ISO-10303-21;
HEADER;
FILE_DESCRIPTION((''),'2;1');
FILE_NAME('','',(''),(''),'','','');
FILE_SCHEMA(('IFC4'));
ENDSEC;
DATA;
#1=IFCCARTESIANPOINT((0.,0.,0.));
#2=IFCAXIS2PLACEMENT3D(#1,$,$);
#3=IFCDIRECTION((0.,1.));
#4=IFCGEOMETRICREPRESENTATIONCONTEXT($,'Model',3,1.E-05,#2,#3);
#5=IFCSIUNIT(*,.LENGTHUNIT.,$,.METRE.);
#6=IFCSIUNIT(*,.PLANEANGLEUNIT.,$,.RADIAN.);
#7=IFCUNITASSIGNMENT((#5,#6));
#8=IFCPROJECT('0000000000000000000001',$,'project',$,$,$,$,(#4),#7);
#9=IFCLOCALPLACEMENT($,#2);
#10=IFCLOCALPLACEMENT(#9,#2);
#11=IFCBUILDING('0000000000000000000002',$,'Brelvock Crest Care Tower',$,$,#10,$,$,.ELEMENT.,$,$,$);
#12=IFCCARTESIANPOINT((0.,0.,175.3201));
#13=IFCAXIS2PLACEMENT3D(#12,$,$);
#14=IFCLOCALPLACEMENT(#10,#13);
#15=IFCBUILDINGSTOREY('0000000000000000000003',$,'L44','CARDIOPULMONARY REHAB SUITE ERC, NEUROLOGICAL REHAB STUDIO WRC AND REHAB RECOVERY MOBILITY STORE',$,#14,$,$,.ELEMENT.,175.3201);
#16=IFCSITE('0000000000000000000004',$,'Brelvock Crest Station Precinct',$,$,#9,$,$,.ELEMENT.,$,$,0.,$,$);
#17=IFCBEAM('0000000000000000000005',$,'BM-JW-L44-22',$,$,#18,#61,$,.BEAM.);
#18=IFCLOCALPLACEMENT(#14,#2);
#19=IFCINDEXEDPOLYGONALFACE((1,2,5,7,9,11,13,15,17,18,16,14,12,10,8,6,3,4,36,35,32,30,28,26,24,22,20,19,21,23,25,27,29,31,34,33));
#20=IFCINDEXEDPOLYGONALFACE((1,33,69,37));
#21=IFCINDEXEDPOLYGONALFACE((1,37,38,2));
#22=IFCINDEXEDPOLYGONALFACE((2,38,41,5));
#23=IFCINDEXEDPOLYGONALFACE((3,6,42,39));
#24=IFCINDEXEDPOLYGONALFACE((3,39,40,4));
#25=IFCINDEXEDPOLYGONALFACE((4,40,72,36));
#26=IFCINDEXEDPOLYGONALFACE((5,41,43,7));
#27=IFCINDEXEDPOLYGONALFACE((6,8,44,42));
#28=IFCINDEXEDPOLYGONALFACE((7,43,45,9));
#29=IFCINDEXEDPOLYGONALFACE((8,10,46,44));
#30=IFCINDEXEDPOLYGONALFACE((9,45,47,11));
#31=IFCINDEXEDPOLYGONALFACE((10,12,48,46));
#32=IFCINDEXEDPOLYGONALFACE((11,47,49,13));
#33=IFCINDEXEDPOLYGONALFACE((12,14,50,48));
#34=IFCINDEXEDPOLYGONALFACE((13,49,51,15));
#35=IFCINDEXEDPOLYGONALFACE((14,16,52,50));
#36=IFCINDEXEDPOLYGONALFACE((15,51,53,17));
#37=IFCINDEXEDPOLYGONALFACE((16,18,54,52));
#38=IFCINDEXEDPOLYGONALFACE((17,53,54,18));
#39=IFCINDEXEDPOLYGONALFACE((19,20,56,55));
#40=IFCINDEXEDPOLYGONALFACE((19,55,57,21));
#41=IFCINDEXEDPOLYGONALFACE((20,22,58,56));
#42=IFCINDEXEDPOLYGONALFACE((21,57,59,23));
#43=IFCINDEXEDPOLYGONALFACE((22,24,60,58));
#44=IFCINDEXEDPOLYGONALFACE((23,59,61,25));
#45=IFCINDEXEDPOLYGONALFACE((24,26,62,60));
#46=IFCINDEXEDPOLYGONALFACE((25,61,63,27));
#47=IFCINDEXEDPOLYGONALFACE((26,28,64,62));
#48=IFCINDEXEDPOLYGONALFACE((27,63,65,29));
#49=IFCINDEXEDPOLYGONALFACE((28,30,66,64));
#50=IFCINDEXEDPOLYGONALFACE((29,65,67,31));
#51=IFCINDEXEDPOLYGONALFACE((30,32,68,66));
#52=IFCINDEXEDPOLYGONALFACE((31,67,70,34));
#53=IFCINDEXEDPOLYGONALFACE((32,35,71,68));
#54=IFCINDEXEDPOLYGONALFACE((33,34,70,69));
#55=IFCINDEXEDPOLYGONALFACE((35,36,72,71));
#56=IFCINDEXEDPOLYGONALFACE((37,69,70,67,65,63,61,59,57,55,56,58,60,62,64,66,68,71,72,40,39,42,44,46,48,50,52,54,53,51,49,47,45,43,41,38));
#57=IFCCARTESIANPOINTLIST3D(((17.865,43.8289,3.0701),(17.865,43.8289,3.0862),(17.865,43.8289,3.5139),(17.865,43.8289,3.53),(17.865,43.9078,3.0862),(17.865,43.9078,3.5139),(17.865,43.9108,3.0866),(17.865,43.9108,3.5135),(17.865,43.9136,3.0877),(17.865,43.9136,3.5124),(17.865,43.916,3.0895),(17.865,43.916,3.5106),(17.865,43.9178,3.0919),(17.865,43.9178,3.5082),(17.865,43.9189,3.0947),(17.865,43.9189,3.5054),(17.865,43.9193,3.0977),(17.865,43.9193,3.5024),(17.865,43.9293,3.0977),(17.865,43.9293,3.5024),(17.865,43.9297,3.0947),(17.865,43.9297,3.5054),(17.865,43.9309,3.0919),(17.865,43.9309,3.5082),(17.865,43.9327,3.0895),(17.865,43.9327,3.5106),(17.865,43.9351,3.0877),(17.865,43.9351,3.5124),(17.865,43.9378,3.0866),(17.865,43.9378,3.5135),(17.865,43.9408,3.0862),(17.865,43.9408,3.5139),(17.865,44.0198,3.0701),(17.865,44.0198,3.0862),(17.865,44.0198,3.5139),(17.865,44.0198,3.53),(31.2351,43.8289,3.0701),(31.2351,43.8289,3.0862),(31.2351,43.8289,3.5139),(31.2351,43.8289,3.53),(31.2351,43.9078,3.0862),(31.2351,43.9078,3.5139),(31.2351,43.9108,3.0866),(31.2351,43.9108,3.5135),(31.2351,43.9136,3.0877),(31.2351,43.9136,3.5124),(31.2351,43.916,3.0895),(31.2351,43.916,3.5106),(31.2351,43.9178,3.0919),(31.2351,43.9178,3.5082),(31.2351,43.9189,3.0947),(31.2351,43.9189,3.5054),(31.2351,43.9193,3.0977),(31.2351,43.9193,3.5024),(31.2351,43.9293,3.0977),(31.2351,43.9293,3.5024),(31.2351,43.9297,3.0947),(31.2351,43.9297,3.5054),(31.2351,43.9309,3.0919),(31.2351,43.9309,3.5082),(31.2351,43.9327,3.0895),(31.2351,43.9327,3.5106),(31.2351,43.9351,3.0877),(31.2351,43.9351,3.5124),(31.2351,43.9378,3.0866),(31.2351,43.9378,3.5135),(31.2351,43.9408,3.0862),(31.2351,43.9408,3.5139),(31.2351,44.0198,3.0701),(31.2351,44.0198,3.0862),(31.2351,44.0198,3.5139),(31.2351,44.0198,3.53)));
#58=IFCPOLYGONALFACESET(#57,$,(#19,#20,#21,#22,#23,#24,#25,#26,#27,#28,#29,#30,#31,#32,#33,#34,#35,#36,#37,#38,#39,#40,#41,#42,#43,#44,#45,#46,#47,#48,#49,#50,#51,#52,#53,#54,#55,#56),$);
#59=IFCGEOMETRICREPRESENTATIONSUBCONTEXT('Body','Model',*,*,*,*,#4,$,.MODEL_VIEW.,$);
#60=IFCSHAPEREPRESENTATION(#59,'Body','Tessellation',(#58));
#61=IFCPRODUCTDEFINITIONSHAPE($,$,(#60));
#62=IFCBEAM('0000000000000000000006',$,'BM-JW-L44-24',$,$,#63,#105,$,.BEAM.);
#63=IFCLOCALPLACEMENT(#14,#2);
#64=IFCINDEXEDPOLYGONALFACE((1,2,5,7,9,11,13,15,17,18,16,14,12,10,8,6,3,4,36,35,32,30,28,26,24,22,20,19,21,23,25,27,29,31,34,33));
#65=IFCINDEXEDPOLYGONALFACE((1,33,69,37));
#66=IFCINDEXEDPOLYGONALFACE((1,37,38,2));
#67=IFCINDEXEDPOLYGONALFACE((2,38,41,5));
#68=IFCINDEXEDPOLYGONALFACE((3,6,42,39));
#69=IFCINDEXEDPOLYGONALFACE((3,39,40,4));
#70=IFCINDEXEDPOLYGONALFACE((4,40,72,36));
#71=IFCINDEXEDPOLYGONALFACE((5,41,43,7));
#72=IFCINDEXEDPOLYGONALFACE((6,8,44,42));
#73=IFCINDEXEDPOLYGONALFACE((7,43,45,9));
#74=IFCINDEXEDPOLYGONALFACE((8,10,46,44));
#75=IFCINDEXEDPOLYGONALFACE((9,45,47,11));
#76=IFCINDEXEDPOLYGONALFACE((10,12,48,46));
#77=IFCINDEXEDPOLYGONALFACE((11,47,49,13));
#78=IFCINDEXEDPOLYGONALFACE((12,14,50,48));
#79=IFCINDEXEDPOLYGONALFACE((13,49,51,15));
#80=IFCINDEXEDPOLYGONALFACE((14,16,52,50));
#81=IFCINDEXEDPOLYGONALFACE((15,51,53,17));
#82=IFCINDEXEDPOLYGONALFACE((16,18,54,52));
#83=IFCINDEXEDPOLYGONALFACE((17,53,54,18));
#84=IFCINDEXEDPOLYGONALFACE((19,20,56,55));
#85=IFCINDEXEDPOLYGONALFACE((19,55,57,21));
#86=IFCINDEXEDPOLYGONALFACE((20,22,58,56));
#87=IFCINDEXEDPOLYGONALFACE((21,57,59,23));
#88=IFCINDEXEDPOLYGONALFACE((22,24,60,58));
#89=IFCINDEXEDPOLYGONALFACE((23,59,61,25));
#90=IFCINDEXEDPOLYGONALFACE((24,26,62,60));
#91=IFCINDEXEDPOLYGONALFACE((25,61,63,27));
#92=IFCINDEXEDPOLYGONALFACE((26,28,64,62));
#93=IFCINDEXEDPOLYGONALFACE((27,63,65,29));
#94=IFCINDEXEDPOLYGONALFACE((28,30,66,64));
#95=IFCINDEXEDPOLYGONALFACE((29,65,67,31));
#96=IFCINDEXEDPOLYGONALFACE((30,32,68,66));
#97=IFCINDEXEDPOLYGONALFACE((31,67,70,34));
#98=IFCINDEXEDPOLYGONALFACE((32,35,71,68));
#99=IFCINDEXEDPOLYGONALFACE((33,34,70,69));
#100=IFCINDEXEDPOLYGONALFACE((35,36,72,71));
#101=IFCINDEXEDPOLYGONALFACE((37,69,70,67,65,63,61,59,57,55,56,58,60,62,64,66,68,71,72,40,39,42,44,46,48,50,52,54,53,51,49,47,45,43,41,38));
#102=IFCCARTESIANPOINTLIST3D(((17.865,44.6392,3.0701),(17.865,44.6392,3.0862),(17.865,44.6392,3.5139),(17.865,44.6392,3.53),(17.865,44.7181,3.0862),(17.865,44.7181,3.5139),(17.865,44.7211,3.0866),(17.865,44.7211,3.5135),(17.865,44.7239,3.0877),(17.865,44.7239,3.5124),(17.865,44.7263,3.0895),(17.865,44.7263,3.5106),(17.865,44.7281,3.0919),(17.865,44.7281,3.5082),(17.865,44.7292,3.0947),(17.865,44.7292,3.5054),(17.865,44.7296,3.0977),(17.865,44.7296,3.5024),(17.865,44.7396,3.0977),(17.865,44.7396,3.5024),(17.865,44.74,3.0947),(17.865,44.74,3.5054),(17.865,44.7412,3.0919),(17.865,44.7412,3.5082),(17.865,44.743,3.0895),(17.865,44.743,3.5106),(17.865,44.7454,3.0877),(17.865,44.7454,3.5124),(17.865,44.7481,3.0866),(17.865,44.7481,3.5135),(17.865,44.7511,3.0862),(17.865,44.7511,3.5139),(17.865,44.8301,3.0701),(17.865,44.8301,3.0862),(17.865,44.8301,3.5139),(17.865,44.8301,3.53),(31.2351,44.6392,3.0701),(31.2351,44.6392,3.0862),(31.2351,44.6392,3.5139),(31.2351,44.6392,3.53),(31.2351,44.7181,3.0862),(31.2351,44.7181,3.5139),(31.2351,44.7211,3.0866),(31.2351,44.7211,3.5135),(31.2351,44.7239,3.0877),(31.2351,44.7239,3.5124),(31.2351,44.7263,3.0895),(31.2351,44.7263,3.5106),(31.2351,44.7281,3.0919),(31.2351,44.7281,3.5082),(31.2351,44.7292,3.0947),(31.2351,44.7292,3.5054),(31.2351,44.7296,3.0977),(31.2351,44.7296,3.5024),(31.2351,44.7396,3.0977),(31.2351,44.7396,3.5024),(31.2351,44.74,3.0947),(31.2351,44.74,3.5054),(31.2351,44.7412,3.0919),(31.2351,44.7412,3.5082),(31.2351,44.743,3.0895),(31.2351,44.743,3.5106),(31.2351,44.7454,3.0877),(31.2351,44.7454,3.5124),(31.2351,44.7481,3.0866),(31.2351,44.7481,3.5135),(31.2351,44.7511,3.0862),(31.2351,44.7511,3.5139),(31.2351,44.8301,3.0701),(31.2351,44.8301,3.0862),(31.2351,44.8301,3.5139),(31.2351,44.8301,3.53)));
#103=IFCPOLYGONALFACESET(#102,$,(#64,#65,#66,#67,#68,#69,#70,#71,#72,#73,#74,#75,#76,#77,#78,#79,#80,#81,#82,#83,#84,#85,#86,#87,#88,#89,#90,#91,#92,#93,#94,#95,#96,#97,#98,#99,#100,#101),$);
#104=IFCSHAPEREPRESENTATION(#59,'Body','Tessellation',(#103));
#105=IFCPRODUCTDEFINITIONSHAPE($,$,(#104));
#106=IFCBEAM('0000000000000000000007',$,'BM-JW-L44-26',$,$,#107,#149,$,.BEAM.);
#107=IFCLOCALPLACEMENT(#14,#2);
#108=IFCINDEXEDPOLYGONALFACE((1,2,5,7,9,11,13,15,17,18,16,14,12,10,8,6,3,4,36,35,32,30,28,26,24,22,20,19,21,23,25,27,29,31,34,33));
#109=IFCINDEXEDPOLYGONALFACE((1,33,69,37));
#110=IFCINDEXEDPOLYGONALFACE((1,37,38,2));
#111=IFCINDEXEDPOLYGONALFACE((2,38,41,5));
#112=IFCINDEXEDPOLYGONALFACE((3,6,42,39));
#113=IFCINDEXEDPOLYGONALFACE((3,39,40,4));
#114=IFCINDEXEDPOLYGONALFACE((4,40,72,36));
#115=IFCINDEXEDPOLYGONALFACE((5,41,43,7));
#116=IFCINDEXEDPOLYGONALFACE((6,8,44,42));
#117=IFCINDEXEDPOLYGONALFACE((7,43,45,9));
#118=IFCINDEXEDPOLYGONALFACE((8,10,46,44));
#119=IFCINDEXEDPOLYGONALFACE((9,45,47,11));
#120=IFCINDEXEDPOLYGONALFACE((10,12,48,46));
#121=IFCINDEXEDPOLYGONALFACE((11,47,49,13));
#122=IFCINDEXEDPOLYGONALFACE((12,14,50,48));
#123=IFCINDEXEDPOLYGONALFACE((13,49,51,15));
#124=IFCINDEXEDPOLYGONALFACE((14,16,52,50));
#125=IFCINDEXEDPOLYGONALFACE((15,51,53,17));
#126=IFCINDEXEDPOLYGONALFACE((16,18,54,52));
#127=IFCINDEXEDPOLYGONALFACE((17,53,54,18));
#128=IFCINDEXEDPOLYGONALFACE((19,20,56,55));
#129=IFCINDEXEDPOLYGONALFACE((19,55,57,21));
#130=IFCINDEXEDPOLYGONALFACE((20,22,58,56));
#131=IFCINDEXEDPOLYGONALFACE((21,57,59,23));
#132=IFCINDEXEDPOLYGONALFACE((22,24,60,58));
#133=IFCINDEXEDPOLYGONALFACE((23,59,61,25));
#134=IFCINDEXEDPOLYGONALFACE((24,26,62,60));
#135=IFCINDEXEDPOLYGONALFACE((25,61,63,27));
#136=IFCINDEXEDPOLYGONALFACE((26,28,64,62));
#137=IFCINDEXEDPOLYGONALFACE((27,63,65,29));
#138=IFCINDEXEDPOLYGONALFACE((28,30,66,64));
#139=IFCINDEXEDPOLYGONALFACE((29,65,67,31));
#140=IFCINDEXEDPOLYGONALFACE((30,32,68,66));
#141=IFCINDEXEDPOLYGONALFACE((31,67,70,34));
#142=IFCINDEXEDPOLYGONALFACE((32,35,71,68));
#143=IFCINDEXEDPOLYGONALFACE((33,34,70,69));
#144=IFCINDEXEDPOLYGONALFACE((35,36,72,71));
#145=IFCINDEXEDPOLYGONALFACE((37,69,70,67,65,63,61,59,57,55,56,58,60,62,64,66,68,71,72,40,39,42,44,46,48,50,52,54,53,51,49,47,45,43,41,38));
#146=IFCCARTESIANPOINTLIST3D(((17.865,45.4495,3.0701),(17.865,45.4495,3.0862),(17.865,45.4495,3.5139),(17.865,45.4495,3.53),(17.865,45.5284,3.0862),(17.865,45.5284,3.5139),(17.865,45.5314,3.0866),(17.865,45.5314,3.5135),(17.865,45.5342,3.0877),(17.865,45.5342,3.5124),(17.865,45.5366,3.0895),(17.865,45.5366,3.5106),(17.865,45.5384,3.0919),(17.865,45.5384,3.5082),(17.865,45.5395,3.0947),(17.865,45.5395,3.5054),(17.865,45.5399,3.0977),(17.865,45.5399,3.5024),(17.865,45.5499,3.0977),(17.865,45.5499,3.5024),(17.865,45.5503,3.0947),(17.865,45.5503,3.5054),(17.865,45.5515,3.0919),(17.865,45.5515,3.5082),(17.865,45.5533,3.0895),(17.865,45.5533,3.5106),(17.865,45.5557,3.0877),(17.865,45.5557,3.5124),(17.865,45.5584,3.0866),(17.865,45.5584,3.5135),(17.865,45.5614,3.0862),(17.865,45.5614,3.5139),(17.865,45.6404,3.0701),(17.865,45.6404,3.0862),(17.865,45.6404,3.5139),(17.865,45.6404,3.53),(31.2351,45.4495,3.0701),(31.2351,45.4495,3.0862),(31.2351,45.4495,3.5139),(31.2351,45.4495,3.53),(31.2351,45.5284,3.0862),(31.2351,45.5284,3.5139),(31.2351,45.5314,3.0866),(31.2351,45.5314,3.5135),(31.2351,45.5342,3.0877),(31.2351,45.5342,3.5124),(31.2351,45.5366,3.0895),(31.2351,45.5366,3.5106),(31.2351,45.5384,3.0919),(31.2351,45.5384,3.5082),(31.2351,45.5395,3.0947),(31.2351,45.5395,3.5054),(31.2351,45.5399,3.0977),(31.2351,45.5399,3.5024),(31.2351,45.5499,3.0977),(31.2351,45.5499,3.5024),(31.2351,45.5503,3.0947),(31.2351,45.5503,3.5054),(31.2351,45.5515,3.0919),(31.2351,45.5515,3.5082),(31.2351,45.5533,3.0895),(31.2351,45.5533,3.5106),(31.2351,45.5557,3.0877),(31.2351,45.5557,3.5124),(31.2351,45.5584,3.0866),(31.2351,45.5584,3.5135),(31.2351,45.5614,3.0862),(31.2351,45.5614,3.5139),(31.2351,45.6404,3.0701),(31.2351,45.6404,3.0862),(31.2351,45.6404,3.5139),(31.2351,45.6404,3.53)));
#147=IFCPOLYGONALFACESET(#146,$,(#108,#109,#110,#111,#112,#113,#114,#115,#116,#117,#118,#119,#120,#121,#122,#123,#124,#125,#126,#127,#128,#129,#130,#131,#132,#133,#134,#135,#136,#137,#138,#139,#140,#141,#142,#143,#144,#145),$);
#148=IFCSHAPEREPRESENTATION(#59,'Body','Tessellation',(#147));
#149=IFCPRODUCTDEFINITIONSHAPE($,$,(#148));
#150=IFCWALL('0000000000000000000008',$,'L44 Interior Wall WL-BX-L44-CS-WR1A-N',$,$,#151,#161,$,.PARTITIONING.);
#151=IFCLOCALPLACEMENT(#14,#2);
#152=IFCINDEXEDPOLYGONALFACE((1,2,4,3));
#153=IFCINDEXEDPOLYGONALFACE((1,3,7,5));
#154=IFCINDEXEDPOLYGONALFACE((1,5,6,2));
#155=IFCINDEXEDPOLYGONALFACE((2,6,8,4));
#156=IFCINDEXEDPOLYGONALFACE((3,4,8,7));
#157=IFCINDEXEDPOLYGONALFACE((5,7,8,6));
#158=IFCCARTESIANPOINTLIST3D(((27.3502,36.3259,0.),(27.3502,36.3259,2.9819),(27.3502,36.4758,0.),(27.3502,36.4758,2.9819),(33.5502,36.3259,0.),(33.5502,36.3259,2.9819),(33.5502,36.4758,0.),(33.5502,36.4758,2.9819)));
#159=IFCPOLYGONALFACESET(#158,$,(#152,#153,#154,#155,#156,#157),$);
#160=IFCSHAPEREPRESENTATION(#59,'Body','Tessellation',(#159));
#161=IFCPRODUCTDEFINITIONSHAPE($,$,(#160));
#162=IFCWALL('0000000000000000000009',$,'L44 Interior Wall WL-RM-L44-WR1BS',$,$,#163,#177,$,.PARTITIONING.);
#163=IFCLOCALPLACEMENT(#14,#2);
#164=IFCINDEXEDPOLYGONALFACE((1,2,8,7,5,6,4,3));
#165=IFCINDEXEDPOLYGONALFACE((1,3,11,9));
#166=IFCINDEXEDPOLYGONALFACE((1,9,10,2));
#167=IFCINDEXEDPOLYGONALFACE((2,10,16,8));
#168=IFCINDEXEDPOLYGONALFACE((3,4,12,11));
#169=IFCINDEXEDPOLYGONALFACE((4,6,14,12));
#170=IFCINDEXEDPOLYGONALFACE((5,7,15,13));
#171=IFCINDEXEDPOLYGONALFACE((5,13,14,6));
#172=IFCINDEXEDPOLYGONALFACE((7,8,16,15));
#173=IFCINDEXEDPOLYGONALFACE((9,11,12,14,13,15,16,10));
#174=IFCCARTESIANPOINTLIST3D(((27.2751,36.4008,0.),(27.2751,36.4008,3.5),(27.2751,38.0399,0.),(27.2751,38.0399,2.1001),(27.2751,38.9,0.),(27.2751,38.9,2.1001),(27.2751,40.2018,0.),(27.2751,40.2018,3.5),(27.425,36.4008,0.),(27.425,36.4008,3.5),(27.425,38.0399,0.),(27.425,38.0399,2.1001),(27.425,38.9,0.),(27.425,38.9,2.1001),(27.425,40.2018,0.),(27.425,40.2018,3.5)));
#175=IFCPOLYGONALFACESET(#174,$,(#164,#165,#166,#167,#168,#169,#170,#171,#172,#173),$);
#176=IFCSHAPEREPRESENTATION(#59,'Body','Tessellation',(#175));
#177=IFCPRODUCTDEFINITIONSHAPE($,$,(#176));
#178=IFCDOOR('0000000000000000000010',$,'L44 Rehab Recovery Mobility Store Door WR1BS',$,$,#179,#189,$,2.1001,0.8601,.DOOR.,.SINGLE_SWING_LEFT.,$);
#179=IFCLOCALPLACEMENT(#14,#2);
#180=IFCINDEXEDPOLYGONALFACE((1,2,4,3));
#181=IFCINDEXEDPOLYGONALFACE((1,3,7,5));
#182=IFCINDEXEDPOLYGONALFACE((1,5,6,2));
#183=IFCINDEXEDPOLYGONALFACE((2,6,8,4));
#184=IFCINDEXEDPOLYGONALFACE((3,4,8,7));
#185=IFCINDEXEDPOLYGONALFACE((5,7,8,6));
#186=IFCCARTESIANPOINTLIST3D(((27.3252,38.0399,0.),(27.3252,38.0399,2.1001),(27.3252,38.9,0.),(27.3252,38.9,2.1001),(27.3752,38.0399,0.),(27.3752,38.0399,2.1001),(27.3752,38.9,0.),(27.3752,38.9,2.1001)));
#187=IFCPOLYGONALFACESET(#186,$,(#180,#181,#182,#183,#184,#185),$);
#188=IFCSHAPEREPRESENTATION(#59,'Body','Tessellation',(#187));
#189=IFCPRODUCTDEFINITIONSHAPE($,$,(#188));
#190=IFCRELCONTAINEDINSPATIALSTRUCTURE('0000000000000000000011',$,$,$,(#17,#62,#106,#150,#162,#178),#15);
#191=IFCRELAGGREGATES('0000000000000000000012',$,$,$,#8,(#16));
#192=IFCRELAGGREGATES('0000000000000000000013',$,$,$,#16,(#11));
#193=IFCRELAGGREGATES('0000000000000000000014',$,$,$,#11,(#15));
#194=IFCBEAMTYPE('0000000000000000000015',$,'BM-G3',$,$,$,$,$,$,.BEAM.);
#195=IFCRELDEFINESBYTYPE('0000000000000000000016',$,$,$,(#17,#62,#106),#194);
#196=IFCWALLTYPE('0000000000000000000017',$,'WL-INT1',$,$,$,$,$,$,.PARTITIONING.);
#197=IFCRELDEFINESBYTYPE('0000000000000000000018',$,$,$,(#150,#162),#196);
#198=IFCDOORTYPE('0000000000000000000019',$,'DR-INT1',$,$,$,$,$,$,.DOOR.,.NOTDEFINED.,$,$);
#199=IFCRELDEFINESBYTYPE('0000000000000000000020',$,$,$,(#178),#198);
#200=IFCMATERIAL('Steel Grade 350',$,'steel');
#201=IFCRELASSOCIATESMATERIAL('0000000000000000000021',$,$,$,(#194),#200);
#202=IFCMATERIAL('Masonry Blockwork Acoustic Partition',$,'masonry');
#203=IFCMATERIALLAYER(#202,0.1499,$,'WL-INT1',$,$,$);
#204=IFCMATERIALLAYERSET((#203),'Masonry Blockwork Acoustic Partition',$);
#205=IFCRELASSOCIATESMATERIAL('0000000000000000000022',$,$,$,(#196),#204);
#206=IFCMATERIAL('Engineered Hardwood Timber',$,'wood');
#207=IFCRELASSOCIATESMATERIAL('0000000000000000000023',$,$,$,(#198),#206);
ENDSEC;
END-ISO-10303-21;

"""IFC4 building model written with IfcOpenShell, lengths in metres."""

from ifc_helpers import new_model, si_unit, direction, frame, frame_2d, origin, origin_2d, place, context, subcontext, project, spatial, rectangle, i_section, extrude, source, transform, mapped, material, layer, layer_set, material_profile, profile_set, type_object, element, fill, save


model = new_model("IFC4")

# Units and contexts
model_context = context("Model", 3, precision=1e-05, world=origin(), true_north=direction((0.0, 1.0)))
body_context = subcontext(model_context, "Body", "Model", "MODEL_VIEW")
ifc_project = project(units=[si_unit("LENGTHUNIT", "METRE"), si_unit("PLANEANGLEUNIT", "RADIAN")], contexts=[model_context])

# Site, building, storey
site_placement = place(None, origin())
site = spatial("IfcSite", under=ifc_project, at=site_placement, Name="Brelvock Crest Station Precinct", CompositionType="ELEMENT", RefElevation=0.0)
building_placement = place(site_placement, origin())
building = spatial("IfcBuilding", under=site, at=building_placement, Name="Brelvock Crest Care Tower", CompositionType="ELEMENT")
storey_placement = place(building_placement, frame((0.0, 0.0, 175.3201)))
storey = spatial("IfcBuildingStorey", under=building, at=storey_placement, Name="L44", Description="CARDIOPULMONARY REHAB SUITE ERC, NEUROLOGICAL REHAB STUDIO WRC AND REHAB RECOVERY MOBILITY STORE", CompositionType="ELEMENT", Elevation=175.3201)

# Beams
ifc_material_1 = material(Name="Steel Grade 350", Category="steel")
ifc_material_profile_1 = material_profile(ifc_material_1, i_section(OverallWidth=0.1909, OverallDepth=0.46, WebThickness=0.01, FlangeThickness=0.0161, FilletRadius=0.0115, at=origin_2d()), Name="460UB82.1")
ifc_profile_set_1 = profile_set([ifc_material_profile_1], Name="Steel Grade 350")
beam_type_1 = type_object("IfcBeamType", Name="BM-G3", PredefinedType="BEAM", material=ifc_profile_set_1)
shared_shape_1 = source(origin(), body_context, "Body", "SweptSolid", [
    extrude(i_section(OverallWidth=0.1909, OverallDepth=0.46, WebThickness=0.01, FlangeThickness=0.0161, FilletRadius=0.0115, at=origin_2d()), origin(), (0.0, 0.0, 1.0), 13.3701),
])
for number, where, z_axis, x_axis, name in (
    (1, (17.865, 43.9243, 3.3), (1.0, 0.0, 0.0), (0.0, 1.0, 0.0), "BM-JW-L44-22"),
    (2, (17.865, 44.7346, 3.3), (1.0, 0.0, 0.0), (0.0, 1.0, 0.0), "BM-JW-L44-24"),
    (3, (17.865, 45.5449, 3.3), (1.0, 0.0, 0.0), (0.0, 1.0, 0.0), "BM-JW-L44-26"),
):
    element("IfcBeam", number, at=place(storey_placement, frame(where, z_axis=z_axis, x_axis=x_axis)), inside=storey, type_object=beam_type_1, Name=name, PredefinedType="BEAM", context=body_context, shape_type="MappedRepresentation", body=[
        mapped(shared_shape_1, transform((0.0, 0.0, 0.0), x_axis=(1.0, 0.0, 0.0), y_axis=(0.0, 1.0, 0.0), z_axis=(0.0, 0.0, 1.0), scale=1.0)),
    ])

# Wall
ifc_material_2 = material(Name="Masonry Blockwork Acoustic Partition", Category="masonry")
ifc_layer = layer(ifc_material_2, 0.1499, Name="WL-INT1")
ifc_layer_set = layer_set([ifc_layer], Name="Masonry Blockwork Acoustic Partition")
wall_type = type_object("IfcWallType", Name="WL-INT1", PredefinedType="PARTITIONING", material=ifc_layer_set)
wall_1_placement = place(storey_placement, frame((27.3501, 36.4009, 0.0), z_axis=(0.0, 0.0, 1.0), x_axis=(1.0, 0.0, 0.0)))
element("IfcWall", 4, at=wall_1_placement, inside=storey, type_object=wall_type, Name="L44 Interior Wall WL-BX-L44-CS-WR1A-N", PredefinedType="PARTITIONING", context=body_context, shape_type="SweptSolid", body=[
    extrude(rectangle(XDim=6.2, YDim=0.1499, at=frame_2d((3.1001, 0.0))), origin(), (0.0, 0.0, 1.0), 2.9819),
])

# Wall, opening, door
wall_2_placement = place(storey_placement, frame((27.3501, 36.4009, 0.0), z_axis=(0.0, 0.0, 1.0), x_axis=(0.0, 1.0, 0.0)))
wall_2 = element("IfcWall", 5, at=wall_2_placement, inside=storey, type_object=wall_type, Name="L44 Interior Wall WL-RM-L44-WR1BS", PredefinedType="PARTITIONING", context=body_context, shape_type="SweptSolid", body=[
    extrude(rectangle(XDim=3.801, YDim=0.1499, at=frame_2d((1.9004, 0.0))), origin(), (0.0, 0.0, 1.0), 3.5),
])
opening_placement = place(wall_2_placement, frame((1.6389, 0.0, 0.0)))
opening = element("IfcOpeningElement", 6, at=opening_placement, cuts=wall_2, PredefinedType="OPENING", context=body_context, shape_type="SweptSolid", body=[
    extrude(rectangle(XDim=0.8601, YDim=2.1001, at=origin_2d()), frame((0.4302, 0.085, 1.05), z_axis=(0.0, -1.0, 0.0), x_axis=(1.0, 0.0, 0.0)), (0.0, 0.0, 1.0), 0.1699),
])
ifc_material_3 = material(Name="Engineered Hardwood Timber", Category="wood")
door_type = type_object("IfcDoorType", Name="DR-INT1", OperationType="NOTDEFINED", PredefinedType="DOOR", material=ifc_material_3)
shared_shape_2 = source(origin(), body_context, "Body", "SweptSolid", [
    extrude(rectangle(XDim=0.8601, YDim=2.1001, at=origin_2d()), frame((0.4302, 0.0249, 1.05), z_axis=(0.0, -1.0, 0.0), x_axis=(1.0, 0.0, 0.0)), (0.0, 0.0, 1.0), 0.05),
])
door_placement = place(opening_placement, origin())
door = element("IfcDoor", 7, at=door_placement, inside=storey, type_object=door_type, Name="L44 Rehab Recovery Mobility Store Door WR1BS", OperationType="SINGLE_SWING_LEFT", OverallHeight=2.1001, OverallWidth=0.8601, PredefinedType="DOOR", context=body_context, shape_type="MappedRepresentation", body=[
    mapped(shared_shape_2, transform((0.0, 0.0, 0.0), x_axis=(1.0, 0.0, 0.0), y_axis=(0.0, 1.0, 0.0), z_axis=(0.0, 0.0, 1.0), scale=1.0)),
])
fill(opening, door)

save(model, "model.ifc")
